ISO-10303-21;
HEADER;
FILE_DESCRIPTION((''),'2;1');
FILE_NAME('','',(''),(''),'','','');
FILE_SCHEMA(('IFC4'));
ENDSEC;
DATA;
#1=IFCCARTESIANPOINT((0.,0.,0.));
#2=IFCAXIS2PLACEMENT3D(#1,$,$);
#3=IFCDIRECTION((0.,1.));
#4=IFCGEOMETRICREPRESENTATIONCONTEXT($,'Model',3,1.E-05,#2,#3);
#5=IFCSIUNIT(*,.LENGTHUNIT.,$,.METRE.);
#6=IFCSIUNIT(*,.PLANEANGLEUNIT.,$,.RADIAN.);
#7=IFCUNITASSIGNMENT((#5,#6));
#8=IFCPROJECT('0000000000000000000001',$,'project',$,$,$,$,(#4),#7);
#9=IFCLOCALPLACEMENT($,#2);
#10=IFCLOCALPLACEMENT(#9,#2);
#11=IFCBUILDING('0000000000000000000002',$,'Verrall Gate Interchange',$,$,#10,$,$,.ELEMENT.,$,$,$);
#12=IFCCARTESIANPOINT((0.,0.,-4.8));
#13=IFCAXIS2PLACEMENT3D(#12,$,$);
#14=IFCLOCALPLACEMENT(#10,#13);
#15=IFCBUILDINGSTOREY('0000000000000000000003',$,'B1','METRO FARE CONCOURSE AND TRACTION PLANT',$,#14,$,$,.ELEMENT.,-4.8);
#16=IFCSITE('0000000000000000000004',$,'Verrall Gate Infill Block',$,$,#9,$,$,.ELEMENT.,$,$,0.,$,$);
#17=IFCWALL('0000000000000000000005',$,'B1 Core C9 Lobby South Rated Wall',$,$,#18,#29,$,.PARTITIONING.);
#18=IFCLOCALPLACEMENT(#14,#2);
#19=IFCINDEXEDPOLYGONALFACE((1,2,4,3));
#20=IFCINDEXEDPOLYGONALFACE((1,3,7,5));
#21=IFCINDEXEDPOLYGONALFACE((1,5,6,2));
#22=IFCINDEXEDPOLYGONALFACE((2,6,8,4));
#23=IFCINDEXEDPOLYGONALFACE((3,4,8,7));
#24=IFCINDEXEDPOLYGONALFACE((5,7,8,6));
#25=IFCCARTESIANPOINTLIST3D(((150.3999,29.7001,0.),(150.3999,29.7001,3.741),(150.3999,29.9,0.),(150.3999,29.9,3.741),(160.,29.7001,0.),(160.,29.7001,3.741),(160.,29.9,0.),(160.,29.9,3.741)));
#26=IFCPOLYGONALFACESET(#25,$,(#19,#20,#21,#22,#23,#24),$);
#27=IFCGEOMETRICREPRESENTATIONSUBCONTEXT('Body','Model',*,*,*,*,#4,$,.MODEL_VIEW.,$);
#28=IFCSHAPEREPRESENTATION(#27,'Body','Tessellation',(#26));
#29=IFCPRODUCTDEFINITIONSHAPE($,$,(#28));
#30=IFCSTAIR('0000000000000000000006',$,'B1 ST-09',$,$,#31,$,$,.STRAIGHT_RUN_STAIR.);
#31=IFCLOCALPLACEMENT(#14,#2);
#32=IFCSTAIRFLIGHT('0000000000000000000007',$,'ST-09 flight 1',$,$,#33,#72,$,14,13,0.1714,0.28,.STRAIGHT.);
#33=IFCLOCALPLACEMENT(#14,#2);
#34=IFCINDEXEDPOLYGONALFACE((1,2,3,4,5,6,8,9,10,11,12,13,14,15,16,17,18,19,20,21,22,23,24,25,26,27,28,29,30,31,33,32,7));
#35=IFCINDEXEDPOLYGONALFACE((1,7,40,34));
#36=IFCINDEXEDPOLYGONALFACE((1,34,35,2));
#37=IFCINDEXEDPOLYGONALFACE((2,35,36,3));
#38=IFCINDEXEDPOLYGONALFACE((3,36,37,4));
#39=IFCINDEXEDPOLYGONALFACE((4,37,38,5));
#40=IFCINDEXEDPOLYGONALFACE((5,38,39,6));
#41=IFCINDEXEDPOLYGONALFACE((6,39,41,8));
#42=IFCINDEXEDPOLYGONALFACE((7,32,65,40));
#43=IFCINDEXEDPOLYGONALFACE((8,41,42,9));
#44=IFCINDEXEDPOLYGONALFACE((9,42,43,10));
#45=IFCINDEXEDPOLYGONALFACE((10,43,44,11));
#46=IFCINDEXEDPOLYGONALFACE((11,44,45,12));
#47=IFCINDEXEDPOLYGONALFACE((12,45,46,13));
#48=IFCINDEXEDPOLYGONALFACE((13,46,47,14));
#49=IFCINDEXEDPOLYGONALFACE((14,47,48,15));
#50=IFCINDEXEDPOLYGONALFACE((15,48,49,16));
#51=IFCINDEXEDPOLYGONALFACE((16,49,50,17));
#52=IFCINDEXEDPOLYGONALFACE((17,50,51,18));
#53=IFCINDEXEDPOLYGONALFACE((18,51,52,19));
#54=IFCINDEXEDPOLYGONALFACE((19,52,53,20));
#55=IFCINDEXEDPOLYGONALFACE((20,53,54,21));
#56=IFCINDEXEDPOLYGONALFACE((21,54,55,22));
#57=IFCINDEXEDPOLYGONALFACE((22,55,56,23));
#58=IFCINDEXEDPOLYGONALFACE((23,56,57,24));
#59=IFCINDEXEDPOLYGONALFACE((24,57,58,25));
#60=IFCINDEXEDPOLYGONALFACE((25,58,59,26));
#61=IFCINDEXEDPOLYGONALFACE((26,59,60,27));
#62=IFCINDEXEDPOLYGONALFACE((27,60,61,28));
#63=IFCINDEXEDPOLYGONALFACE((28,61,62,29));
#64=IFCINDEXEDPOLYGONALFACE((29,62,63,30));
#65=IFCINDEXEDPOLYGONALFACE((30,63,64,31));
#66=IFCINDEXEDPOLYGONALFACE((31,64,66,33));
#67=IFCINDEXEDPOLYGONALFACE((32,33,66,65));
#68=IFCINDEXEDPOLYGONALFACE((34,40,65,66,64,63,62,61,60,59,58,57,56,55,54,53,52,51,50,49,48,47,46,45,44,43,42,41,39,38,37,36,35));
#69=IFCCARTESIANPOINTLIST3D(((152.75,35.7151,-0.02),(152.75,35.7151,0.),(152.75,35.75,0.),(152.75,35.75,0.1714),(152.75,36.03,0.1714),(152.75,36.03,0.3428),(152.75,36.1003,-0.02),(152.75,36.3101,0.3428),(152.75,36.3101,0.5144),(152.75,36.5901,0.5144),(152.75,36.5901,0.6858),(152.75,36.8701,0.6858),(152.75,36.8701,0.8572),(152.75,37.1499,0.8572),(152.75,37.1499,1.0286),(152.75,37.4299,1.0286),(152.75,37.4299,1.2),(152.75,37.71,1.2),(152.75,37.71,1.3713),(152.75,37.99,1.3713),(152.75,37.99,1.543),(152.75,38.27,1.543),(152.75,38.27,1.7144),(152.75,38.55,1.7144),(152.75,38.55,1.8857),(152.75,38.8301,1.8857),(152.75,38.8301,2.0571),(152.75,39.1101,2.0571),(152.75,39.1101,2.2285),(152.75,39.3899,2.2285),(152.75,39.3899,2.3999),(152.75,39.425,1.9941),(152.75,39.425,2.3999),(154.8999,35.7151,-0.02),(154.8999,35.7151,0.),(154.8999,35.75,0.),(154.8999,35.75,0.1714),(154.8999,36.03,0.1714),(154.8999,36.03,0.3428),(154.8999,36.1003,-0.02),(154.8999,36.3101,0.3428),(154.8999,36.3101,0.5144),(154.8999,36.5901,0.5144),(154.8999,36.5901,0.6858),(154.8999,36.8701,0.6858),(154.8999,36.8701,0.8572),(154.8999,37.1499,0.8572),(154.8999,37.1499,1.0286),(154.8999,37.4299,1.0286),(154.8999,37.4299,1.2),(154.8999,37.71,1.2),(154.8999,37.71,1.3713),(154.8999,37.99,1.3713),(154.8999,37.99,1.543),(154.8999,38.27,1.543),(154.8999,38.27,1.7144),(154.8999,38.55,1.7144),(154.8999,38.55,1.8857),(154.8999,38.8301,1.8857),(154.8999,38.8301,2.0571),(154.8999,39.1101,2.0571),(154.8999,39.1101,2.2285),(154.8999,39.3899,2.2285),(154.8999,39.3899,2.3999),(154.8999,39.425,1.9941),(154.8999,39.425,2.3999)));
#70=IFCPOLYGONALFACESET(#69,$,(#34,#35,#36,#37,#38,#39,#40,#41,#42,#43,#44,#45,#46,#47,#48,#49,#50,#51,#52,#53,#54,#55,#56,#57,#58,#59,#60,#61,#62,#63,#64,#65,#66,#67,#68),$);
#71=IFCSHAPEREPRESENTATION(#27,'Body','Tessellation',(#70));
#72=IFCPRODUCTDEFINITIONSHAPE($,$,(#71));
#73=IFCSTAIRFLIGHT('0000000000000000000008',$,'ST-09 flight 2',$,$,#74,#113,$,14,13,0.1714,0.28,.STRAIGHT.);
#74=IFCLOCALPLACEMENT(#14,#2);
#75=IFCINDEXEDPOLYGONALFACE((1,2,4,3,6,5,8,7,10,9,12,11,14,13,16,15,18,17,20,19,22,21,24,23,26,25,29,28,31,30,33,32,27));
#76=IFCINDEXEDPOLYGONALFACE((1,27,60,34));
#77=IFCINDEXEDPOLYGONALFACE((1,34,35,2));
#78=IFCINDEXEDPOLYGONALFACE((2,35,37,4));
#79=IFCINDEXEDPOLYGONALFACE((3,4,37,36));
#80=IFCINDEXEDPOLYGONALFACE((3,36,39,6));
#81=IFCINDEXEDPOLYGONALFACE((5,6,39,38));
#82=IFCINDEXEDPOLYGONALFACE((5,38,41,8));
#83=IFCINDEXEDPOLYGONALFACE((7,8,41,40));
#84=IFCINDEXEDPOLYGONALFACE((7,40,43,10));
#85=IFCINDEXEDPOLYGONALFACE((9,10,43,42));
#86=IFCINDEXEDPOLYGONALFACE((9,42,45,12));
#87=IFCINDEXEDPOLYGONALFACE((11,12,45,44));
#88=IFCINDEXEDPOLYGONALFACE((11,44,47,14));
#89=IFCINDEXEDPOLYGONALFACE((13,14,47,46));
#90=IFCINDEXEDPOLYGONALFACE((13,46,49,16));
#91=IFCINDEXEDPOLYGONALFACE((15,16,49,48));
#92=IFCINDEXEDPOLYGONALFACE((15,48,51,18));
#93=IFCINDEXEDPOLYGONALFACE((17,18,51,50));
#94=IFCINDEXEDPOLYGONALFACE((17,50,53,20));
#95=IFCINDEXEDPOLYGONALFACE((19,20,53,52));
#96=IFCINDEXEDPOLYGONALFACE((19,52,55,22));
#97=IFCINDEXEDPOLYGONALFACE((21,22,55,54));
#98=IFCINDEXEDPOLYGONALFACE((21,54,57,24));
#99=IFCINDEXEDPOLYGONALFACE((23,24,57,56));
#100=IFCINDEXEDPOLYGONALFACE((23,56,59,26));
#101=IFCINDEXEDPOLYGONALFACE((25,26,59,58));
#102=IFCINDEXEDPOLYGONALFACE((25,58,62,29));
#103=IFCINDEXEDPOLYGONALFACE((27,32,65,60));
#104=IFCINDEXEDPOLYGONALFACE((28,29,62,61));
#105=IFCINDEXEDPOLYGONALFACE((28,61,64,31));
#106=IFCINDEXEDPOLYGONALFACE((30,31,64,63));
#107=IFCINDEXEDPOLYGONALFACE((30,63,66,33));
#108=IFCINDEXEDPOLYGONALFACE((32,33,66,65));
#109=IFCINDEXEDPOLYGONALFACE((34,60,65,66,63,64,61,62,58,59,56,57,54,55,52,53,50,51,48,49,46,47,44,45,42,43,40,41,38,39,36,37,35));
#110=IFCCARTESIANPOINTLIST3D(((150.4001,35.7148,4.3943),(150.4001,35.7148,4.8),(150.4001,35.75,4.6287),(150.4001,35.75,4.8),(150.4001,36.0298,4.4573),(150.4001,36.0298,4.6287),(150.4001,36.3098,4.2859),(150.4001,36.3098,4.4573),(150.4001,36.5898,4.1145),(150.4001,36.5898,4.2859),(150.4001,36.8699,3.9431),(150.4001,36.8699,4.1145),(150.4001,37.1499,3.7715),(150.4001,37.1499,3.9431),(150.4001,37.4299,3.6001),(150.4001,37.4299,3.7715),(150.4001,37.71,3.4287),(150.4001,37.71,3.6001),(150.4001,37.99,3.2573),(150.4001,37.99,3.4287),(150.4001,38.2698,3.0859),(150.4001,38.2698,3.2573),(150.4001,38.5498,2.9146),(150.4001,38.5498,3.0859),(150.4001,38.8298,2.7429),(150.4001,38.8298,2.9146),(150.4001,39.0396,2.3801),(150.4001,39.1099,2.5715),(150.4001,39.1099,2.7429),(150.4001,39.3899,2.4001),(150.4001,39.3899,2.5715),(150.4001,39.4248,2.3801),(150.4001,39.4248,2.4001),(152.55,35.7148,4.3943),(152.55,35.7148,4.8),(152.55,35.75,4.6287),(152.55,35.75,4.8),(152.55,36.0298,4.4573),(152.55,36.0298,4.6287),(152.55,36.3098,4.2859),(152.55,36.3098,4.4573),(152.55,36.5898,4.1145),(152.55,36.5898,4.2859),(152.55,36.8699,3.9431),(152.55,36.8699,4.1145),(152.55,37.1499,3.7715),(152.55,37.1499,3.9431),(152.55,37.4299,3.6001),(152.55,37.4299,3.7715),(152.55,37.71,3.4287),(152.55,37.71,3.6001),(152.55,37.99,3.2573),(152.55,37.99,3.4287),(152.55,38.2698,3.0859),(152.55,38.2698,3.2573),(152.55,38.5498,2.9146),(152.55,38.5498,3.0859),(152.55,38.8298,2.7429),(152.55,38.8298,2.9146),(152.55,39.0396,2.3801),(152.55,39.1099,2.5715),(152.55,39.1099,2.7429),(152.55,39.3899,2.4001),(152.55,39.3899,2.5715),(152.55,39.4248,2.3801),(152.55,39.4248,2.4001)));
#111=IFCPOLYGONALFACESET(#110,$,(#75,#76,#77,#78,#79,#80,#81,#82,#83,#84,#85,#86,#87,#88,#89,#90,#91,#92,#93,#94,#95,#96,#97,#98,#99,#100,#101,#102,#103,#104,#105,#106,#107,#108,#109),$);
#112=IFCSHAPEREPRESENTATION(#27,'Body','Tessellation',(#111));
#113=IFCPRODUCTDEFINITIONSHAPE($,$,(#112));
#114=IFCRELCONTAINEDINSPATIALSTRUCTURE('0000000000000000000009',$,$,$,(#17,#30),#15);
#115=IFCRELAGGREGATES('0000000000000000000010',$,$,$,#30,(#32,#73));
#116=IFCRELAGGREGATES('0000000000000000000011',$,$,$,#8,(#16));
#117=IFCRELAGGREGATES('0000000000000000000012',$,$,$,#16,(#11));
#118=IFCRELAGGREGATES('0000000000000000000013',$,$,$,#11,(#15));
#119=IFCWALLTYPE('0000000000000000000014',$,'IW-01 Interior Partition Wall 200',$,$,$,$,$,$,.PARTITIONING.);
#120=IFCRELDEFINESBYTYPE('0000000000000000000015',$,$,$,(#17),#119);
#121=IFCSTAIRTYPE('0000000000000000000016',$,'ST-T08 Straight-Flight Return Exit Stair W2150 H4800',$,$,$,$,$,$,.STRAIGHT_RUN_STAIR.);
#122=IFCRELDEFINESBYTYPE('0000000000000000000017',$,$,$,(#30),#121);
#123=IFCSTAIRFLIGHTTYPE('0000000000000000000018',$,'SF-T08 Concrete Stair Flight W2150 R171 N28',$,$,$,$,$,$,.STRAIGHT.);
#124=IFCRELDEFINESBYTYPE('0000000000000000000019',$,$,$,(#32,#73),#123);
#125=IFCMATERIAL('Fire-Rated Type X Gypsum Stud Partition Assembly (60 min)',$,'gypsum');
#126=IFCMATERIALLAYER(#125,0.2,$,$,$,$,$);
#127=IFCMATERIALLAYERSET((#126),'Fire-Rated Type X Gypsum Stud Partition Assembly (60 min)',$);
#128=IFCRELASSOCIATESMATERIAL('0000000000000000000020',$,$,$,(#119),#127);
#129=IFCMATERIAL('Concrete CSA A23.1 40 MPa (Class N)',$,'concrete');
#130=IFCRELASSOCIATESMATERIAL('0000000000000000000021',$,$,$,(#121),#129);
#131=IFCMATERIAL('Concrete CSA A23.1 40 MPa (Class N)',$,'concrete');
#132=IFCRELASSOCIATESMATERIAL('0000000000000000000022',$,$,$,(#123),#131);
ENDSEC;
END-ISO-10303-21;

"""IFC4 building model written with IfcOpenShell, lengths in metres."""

from ifc_helpers import new_model, si_unit, direction, frame, frame_2d, origin, place, context, subcontext, project, spatial, polyline, rectangle, outline, extrude, material, layer, layer_set, type_object, element, aggregate, save


model = new_model("IFC4")

# Units and contexts
model_context = context("Model", 3, precision=1e-05, world=origin(), true_north=direction((0.0, 1.0)))
body_context = subcontext(model_context, "Body", "Model", "MODEL_VIEW")
ifc_project = project(units=[si_unit("LENGTHUNIT", "METRE"), si_unit("PLANEANGLEUNIT", "RADIAN")], contexts=[model_context])

# Site, building, storey
site_placement = place(None, origin())
site = spatial("IfcSite", under=ifc_project, at=site_placement, Name="Verrall Gate Infill Block", CompositionType="ELEMENT", RefElevation=0.0)
building_placement = place(site_placement, origin())
building = spatial("IfcBuilding", under=site, at=building_placement, Name="Verrall Gate Interchange", CompositionType="ELEMENT")
storey_placement = place(building_placement, frame((0.0, 0.0, -4.8)))
storey = spatial("IfcBuildingStorey", under=building, at=storey_placement, Name="B1", Description="METRO FARE CONCOURSE AND TRACTION PLANT", CompositionType="ELEMENT", Elevation=-4.8)

# Wall
ifc_material_1 = material(Name="Fire-Rated Type X Gypsum Stud Partition Assembly (60 min)", Category="gypsum")
ifc_layer_1 = layer(ifc_material_1, 0.2)
ifc_layer_set_1 = layer_set([ifc_layer_1], Name="Fire-Rated Type X Gypsum Stud Partition Assembly (60 min)")
wall_type_1 = type_object("IfcWallType", Name="IW-01 Interior Partition Wall 200", PredefinedType="PARTITIONING", material=ifc_layer_set_1)
wall_1_placement = place(storey_placement, frame((150.3999, 29.8, 0.0), z_axis=(0.0, 0.0, 1.0), x_axis=(1.0, 0.0, 0.0)))
element("IfcWall", 1, at=wall_1_placement, inside=storey, type_object=wall_type_1, Name="B1 Core C9 Lobby South Rated Wall", PredefinedType="PARTITIONING", context=body_context, shape_type="SweptSolid", body=[
    extrude(rectangle(XDim=9.6001, YDim=0.2, at=frame_2d((4.8, 0.0))), origin(), (0.0, 0.0, 1.0), 3.741),
])

# Stair, stair flights
ifc_material_2 = material(Name="Concrete CSA A23.1 40 MPa (Class N)", Category="concrete")
stair_type = type_object("IfcStairType", Name="ST-T08 Straight-Flight Return Exit Stair W2150 H4800", PredefinedType="STRAIGHT_RUN_STAIR", material=ifc_material_2)
stair_placement = place(storey_placement, origin())
stair = element("IfcStair", 2, at=stair_placement, inside=storey, type_object=stair_type, Name="B1 ST-09", PredefinedType="STRAIGHT_RUN_STAIR")
ifc_material_3 = material(Name="Concrete CSA A23.1 40 MPa (Class N)", Category="concrete")
stair_flight_type = type_object("IfcStairFlightType", Name="SF-T08 Concrete Stair Flight W2150 R171 N28", PredefinedType="STRAIGHT", material=ifc_material_3)
stair_flight_1_placement = place(storey_placement, frame((153.825, 35.75, 0.0), z_axis=(0.0, 0.0, 1.0), x_axis=(0.0, 1.0, 0.0)))
stair_flight_1 = element("IfcStairFlight", 3, at=stair_flight_1_placement, type_object=stair_flight_type, Name="ST-09 flight 1", NumberOfRisers=14, NumberOfTreads=13, PredefinedType="STRAIGHT", RiserHeight=0.1714, TreadLength=0.28, context=body_context, shape_type="SweptSolid", body=[
    extrude(outline(polyline([(-0.0349, -0.02), (-0.0349, 0.0), (0.0, 0.0), (0.0, 0.1714), (0.28, 0.1714), (0.28, 0.3428), (0.5601, 0.3428), (0.5601, 0.5144), (0.8401, 0.5144), (0.8401, 0.6858), (1.1201, 0.6858), (1.1201, 0.8572), (1.3999, 0.8572), (1.3999, 1.0286), (1.6799, 1.0286), (1.6799, 1.2), (1.96, 1.2), (1.96, 1.3713), (2.24, 1.3713), (2.24, 1.543), (2.52, 1.543), (2.52, 1.7144), (2.8, 1.7144), (2.8, 1.8857), (3.0801, 1.8857), (3.0801, 2.0571), (3.3601, 2.0571), (3.3601, 2.2285), (3.6399, 2.2285), (3.6399, 2.3999), (3.675, 2.3999), (3.675, 1.9941), (0.3503, -0.02), (-0.0349, -0.02)])), frame((0.0, 1.075, 0.0), z_axis=(0.0, -1.0, 0.0), x_axis=(1.0, 0.0, 0.0)), (0.0, 0.0, 1.0), 2.1499),
])
stair_flight_2_placement = place(storey_placement, frame((151.4751, 39.3899, 2.4001), z_axis=(0.0, 0.0, 1.0), x_axis=(0.0, -1.0, 0.0)))
stair_flight_2 = element("IfcStairFlight", 4, at=stair_flight_2_placement, type_object=stair_flight_type, Name="ST-09 flight 2", NumberOfRisers=14, NumberOfTreads=13, PredefinedType="STRAIGHT", RiserHeight=0.1714, TreadLength=0.28, context=body_context, shape_type="SweptSolid", body=[
    extrude(outline(polyline([(-0.0349, -0.02), (-0.0349, 0.0), (0.0, 0.0), (0.0, 0.1714), (0.28, 0.1714), (0.28, 0.3428), (0.5601, 0.3428), (0.5601, 0.5144), (0.8401, 0.5144), (0.8401, 0.6858), (1.1201, 0.6858), (1.1201, 0.8572), (1.3999, 0.8572), (1.3999, 1.0286), (1.6799, 1.0286), (1.6799, 1.2), (1.96, 1.2), (1.96, 1.3713), (2.24, 1.3713), (2.24, 1.543), (2.52, 1.543), (2.52, 1.7144), (2.8, 1.7144), (2.8, 1.8857), (3.0801, 1.8857), (3.0801, 2.0571), (3.3601, 2.0571), (3.3601, 2.2285), (3.6399, 2.2285), (3.6399, 2.3999), (3.675, 2.3999), (3.675, 1.9941), (0.3503, -0.02), (-0.0349, -0.02)])), frame((0.0, 1.075, 0.0), z_axis=(0.0, -1.0, 0.0), x_axis=(1.0, 0.0, 0.0)), (0.0, 0.0, 1.0), 2.1499),
])
aggregate(stair, [stair_flight_1, stair_flight_2])

save(model, "model.ifc")
